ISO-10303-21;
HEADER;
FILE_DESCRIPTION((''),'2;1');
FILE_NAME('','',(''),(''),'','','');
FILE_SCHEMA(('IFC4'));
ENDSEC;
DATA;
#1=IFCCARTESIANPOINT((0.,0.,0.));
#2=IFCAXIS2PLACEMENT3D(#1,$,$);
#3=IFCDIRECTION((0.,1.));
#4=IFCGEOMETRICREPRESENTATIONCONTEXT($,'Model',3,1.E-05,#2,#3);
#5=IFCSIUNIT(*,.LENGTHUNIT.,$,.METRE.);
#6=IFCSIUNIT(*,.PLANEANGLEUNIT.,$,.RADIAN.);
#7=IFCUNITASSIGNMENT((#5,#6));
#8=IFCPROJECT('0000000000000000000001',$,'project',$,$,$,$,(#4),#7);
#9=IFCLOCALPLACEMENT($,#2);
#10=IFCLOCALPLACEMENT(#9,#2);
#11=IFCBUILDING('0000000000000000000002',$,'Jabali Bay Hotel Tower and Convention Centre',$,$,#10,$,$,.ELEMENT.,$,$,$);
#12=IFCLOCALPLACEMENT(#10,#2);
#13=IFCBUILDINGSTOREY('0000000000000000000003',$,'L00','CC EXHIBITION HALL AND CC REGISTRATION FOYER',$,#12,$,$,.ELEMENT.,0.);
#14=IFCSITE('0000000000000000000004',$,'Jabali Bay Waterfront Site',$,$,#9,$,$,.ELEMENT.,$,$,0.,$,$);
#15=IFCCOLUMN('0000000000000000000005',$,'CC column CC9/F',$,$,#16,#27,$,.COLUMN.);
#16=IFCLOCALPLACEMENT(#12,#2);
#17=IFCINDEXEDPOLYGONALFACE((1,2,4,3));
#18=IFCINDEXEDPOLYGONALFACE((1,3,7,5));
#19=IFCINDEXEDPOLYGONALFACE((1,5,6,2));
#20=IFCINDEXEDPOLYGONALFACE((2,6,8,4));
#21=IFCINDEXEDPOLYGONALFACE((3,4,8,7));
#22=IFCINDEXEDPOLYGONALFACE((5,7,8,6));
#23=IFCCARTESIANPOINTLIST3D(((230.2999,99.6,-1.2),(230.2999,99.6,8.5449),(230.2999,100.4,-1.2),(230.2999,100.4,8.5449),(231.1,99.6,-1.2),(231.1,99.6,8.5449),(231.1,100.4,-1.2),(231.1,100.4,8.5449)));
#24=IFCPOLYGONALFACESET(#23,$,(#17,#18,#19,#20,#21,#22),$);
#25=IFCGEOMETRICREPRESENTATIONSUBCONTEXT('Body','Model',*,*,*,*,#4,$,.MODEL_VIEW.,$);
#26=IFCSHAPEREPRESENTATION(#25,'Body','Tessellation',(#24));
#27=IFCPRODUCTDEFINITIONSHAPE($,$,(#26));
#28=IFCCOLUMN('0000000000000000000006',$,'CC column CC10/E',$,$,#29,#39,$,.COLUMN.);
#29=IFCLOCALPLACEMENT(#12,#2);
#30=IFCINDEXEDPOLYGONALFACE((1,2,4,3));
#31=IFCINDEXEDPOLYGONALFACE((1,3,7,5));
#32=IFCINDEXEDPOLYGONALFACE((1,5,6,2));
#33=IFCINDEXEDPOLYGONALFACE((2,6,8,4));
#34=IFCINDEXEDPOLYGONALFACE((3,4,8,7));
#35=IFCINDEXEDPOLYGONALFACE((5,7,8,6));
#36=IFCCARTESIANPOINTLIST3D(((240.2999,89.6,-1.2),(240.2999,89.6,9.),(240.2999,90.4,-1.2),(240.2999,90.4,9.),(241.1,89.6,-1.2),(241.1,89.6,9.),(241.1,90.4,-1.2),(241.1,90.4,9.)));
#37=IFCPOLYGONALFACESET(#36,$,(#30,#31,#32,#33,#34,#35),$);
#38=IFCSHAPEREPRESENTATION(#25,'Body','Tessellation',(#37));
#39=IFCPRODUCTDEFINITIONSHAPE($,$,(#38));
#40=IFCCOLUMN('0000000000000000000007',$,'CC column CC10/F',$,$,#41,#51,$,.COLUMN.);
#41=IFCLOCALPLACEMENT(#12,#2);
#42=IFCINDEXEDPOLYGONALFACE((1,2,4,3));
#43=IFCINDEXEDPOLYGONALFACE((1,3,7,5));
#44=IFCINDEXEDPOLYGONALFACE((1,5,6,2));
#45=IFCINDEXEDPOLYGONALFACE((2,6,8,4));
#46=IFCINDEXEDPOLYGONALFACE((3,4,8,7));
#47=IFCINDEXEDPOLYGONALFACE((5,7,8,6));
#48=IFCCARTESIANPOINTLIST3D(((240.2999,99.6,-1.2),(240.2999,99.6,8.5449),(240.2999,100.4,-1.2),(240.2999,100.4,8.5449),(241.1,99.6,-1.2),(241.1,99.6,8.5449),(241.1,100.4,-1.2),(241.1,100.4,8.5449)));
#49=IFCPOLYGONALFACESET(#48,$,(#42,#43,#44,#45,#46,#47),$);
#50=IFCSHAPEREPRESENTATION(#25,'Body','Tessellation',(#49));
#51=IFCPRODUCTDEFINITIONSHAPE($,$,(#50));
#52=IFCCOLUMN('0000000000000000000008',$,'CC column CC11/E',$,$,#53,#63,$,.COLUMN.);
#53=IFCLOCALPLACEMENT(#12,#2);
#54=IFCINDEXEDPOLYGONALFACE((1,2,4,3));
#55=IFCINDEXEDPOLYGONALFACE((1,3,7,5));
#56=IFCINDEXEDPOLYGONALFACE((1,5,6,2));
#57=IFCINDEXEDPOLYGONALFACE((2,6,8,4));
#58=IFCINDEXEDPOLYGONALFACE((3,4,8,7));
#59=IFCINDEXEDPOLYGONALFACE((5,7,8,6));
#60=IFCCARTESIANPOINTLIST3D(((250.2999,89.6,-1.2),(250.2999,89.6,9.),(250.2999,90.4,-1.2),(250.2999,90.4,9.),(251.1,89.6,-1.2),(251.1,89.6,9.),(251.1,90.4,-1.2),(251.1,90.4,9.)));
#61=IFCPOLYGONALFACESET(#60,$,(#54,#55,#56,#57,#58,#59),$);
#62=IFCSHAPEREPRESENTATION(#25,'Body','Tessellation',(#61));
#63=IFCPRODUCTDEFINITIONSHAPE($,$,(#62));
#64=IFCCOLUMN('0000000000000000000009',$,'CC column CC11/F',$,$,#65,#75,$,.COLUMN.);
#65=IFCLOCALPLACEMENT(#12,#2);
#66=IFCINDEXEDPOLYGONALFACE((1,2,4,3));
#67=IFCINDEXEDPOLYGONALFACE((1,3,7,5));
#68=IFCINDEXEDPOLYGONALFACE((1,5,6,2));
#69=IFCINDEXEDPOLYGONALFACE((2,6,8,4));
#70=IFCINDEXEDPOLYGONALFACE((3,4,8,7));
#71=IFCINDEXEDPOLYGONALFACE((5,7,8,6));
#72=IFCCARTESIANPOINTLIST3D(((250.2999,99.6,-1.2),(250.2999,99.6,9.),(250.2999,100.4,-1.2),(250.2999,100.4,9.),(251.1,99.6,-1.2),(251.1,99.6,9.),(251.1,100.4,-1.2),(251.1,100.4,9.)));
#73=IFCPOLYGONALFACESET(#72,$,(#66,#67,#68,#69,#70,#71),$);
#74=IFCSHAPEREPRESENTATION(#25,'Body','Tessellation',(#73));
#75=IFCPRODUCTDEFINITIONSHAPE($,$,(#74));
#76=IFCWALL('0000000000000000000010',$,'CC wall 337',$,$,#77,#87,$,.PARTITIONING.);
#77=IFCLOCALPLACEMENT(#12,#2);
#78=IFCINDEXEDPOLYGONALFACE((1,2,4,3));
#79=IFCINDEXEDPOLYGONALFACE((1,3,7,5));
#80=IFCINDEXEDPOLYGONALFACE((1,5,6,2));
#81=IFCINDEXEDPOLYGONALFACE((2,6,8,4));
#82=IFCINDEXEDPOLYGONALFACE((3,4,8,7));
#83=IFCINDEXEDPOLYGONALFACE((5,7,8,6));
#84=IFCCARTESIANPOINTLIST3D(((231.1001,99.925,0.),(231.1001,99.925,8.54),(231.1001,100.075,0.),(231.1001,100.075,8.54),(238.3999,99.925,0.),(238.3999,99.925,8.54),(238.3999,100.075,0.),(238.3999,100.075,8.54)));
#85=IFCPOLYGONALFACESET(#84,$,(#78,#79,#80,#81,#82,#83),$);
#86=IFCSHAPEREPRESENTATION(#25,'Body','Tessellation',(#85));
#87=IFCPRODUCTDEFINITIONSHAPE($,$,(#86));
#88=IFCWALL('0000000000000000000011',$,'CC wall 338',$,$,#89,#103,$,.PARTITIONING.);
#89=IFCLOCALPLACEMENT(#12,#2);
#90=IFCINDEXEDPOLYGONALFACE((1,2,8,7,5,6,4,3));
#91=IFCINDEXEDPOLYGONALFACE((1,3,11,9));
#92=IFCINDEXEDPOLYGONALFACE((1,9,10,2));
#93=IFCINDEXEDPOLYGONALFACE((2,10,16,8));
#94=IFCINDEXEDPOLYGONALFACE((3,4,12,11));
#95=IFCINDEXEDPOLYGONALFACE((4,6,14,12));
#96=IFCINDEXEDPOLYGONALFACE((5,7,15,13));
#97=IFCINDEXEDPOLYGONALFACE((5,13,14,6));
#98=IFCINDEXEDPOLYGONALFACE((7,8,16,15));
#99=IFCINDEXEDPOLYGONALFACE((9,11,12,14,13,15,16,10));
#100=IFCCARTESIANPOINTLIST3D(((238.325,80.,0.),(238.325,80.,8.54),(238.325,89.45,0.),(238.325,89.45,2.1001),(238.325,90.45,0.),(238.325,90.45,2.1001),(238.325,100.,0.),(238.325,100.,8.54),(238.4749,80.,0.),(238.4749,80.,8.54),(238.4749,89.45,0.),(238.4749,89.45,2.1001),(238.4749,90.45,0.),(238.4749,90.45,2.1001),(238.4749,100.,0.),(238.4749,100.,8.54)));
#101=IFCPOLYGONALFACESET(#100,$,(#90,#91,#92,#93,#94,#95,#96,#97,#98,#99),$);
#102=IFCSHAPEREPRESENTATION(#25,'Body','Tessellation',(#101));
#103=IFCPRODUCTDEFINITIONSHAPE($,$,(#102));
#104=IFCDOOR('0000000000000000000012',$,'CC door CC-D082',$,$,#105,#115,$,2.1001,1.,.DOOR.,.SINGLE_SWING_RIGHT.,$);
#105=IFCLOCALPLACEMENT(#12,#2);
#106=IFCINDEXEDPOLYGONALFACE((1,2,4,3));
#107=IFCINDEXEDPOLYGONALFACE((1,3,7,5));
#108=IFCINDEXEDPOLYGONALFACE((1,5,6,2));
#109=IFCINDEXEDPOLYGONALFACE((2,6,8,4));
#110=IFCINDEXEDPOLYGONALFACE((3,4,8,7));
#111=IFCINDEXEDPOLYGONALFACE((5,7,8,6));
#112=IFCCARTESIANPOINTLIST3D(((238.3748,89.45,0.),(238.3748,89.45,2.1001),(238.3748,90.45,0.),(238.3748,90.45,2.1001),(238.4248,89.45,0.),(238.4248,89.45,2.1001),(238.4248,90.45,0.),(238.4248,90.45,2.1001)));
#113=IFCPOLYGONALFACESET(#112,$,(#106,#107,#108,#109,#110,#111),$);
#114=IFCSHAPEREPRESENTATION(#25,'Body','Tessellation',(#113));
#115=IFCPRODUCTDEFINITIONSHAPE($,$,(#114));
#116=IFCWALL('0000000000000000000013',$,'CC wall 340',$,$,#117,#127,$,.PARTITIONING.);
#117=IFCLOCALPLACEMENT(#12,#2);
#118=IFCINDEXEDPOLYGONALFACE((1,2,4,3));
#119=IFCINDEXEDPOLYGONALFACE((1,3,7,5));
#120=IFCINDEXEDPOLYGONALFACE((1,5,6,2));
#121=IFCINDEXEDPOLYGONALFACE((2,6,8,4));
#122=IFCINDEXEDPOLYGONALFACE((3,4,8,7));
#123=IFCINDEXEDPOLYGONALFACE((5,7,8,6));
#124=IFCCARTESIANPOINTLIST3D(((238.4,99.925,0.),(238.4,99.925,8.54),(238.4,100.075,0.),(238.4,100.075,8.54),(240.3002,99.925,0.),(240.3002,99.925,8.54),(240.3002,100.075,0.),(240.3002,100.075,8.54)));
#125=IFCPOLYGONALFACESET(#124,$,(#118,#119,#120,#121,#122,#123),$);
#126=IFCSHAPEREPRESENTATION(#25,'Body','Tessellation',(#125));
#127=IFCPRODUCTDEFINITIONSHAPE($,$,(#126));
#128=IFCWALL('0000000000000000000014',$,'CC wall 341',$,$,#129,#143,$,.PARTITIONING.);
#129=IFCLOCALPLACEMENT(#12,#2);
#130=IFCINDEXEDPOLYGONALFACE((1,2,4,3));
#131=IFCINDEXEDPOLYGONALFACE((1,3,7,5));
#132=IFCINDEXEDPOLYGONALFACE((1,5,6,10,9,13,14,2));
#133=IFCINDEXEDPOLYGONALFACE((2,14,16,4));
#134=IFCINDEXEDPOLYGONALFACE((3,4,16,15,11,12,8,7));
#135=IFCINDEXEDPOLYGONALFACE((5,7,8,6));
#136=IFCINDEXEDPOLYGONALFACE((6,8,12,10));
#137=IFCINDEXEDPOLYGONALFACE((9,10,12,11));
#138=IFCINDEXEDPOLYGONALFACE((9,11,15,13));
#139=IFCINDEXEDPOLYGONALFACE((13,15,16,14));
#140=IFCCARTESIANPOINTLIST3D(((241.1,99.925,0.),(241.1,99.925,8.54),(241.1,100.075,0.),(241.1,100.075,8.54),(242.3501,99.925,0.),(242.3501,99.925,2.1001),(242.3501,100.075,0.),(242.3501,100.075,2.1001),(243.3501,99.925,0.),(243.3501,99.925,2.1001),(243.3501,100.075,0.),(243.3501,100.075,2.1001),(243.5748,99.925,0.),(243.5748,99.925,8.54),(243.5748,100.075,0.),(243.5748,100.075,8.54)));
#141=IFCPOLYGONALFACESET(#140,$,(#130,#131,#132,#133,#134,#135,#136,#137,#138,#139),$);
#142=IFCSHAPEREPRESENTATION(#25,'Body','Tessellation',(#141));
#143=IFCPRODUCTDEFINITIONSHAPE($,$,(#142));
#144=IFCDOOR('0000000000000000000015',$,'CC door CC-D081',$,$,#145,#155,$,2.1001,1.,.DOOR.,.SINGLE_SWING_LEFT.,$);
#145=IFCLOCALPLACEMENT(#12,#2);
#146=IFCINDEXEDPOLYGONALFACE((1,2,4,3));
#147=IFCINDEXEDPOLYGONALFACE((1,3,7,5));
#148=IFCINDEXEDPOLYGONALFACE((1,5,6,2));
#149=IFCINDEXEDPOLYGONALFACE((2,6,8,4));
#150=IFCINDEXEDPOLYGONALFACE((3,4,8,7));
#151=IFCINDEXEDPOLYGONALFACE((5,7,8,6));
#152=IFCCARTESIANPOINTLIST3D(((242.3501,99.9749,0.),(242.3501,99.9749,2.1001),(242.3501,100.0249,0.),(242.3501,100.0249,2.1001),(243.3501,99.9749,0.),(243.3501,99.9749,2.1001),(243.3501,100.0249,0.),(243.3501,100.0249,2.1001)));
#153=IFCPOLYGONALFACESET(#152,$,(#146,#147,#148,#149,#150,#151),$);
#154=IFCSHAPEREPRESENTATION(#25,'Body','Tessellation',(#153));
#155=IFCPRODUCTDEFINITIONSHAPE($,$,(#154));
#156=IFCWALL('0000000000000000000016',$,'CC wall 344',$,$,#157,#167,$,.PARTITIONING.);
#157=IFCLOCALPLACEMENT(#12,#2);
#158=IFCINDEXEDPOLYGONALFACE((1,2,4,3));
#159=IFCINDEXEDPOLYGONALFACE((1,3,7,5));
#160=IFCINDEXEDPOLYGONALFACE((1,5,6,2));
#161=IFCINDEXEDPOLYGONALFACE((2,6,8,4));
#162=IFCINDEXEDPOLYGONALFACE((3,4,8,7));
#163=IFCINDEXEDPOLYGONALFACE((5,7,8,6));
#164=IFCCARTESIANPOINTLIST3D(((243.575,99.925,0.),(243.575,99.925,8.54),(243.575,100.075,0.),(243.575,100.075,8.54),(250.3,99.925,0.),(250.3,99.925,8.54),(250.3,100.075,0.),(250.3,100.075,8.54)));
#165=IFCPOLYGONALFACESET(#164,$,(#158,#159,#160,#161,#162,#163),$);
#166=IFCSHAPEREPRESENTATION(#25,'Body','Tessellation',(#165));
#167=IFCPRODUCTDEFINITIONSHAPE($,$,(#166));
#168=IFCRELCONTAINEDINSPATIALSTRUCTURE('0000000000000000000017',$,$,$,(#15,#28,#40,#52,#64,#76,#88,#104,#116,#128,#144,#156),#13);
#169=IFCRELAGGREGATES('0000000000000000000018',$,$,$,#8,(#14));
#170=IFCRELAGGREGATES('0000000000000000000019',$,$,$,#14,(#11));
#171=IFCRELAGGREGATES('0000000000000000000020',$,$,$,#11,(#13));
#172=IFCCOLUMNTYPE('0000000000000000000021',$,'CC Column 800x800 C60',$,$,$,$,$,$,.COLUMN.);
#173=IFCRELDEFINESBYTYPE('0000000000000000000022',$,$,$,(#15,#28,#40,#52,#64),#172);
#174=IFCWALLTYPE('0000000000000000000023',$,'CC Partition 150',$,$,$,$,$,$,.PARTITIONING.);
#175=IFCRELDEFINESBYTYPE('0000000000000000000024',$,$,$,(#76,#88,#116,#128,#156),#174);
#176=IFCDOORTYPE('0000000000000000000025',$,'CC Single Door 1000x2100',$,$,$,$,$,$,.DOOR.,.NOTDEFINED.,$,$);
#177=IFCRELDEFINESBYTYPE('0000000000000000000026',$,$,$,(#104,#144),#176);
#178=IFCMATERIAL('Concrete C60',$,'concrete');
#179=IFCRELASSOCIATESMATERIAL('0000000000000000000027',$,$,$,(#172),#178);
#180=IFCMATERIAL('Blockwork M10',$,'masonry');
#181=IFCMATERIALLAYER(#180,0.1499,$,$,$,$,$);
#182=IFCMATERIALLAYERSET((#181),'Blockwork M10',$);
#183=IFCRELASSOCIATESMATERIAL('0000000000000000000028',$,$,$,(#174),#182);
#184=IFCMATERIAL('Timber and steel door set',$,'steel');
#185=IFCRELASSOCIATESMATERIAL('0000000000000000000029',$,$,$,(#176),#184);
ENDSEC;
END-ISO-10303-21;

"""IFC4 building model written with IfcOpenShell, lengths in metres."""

from ifc_helpers import new_model, si_unit, direction, frame, frame_2d, origin, origin_2d, place, context, subcontext, project, spatial, rectangle, extrude, material, layer, layer_set, material_profile, profile_set, type_object, element, fill, save


model = new_model("IFC4")

# Units and contexts
model_context = context("Model", 3, precision=1e-05, world=origin(), true_north=direction((0.0, 1.0)))
body_context = subcontext(model_context, "Body", "Model", "MODEL_VIEW")
ifc_project = project(units=[si_unit("LENGTHUNIT", "METRE"), si_unit("PLANEANGLEUNIT", "RADIAN")], contexts=[model_context])

# Site, building, storey
site_placement = place(None, origin())
site = spatial("IfcSite", under=ifc_project, at=site_placement, Name="Jabali Bay Waterfront Site", CompositionType="ELEMENT", RefElevation=0.0)
building_placement = place(site_placement, origin())
building = spatial("IfcBuilding", under=site, at=building_placement, Name="Jabali Bay Hotel Tower and Convention Centre", CompositionType="ELEMENT")
storey_placement = place(building_placement, origin())
storey = spatial("IfcBuildingStorey", under=building, at=storey_placement, Name="L00", Description="CC EXHIBITION HALL AND CC REGISTRATION FOYER", CompositionType="ELEMENT", Elevation=0.0)

# Columns
ifc_material_1 = material(Name="Concrete C60", Category="concrete")
ifc_material_profile_1 = material_profile(ifc_material_1, rectangle(XDim=0.8, YDim=0.8, at=origin_2d()), Name="RC 800x800")
ifc_profile_set_1 = profile_set([ifc_material_profile_1], Name="Concrete C60")
column_type = type_object("IfcColumnType", Name="CC Column 800x800 C60", PredefinedType="COLUMN", material=ifc_profile_set_1)
column_1_placement = place(storey_placement, frame((230.7, 100.0, -1.2), z_axis=(0.0, 0.0, 1.0), x_axis=(1.0, 0.0, 0.0)))
element("IfcColumn", 1, at=column_1_placement, inside=storey, type_object=column_type, Name="CC column CC9/F", PredefinedType="COLUMN", context=body_context, shape_type="SweptSolid", body=[
    extrude(rectangle(XDim=0.8, YDim=0.8, at=origin_2d()), origin(), (0.0, 0.0, 1.0), 9.7449),
])
column_2_placement = place(storey_placement, frame((240.7, 90.0, -1.2), z_axis=(0.0, 0.0, 1.0), x_axis=(1.0, 0.0, 0.0)))
element("IfcColumn", 2, at=column_2_placement, inside=storey, type_object=column_type, Name="CC column CC10/E", PredefinedType="COLUMN", context=body_context, shape_type="SweptSolid", body=[
    extrude(rectangle(XDim=0.8, YDim=0.8, at=origin_2d()), origin(), (0.0, 0.0, 1.0), 10.2),
])
column_3_placement = place(storey_placement, frame((240.7, 100.0, -1.2), z_axis=(0.0, 0.0, 1.0), x_axis=(1.0, 0.0, 0.0)))
element("IfcColumn", 3, at=column_3_placement, inside=storey, type_object=column_type, Name="CC column CC10/F", PredefinedType="COLUMN", context=body_context, shape_type="SweptSolid", body=[
    extrude(rectangle(XDim=0.8, YDim=0.8, at=origin_2d()), origin(), (0.0, 0.0, 1.0), 9.7449),
])
for number, where, z_axis, x_axis, name in (
    (4, (250.7, 90.0, -1.2), (0.0, 0.0, 1.0), (1.0, 0.0, 0.0), "CC column CC11/E"),
    (5, (250.7, 100.0, -1.2), (0.0, 0.0, 1.0), (1.0, 0.0, 0.0), "CC column CC11/F"),
):
    element("IfcColumn", number, at=place(storey_placement, frame(where, z_axis=z_axis, x_axis=x_axis)), inside=storey, type_object=column_type, Name=name, PredefinedType="COLUMN", context=body_context, shape_type="SweptSolid", body=[
        extrude(rectangle(XDim=0.8, YDim=0.8, at=origin_2d()), origin(), (0.0, 0.0, 1.0), 10.2),
    ])

# Wall
ifc_material_2 = material(Name="Blockwork M10", Category="masonry")
ifc_layer = layer(ifc_material_2, 0.1499)
ifc_layer_set = layer_set([ifc_layer], Name="Blockwork M10")
wall_type = type_object("IfcWallType", Name="CC Partition 150", PredefinedType="PARTITIONING", material=ifc_layer_set)
wall_1_placement = place(storey_placement, frame((231.1001, 100.0, 0.0), z_axis=(0.0, 0.0, 1.0), x_axis=(1.0, 0.0, 0.0)))
element("IfcWall", 6, at=wall_1_placement, inside=storey, type_object=wall_type, Name="CC wall 337", PredefinedType="PARTITIONING", context=body_context, shape_type="SweptSolid", body=[
    extrude(rectangle(XDim=7.2998, YDim=0.1499, at=frame_2d((3.6499, 0.0))), origin(), (0.0, 0.0, 1.0), 8.54),
])

# Wall, opening, door
wall_2_placement = place(storey_placement, frame((238.3999, 100.0, 0.0), z_axis=(0.0, 0.0, 1.0), x_axis=(0.0, -1.0, 0.0)))
wall_2 = element("IfcWall", 7, at=wall_2_placement, inside=storey, type_object=wall_type, Name="CC wall 338", PredefinedType="PARTITIONING", context=body_context, shape_type="SweptSolid", body=[
    extrude(rectangle(XDim=20.0, YDim=0.1499, at=frame_2d((10.0, 0.0))), origin(), (0.0, 0.0, 1.0), 8.54),
])
opening_1_placement = place(wall_2_placement, frame((9.55, 0.0, 0.0)))
opening_1 = element("IfcOpeningElement", 8, at=opening_1_placement, cuts=wall_2, PredefinedType="OPENING", context=body_context, shape_type="SweptSolid", body=[
    extrude(rectangle(XDim=1.0, YDim=2.1001, at=frame_2d((0.5, 1.05))), frame((0.0, 0.0854, 0.0), z_axis=(0.0, -1.0, 0.0), x_axis=(1.0, 0.0, 0.0)), (0.0, 0.0, 1.0), 0.1709),
])
ifc_material_3 = material(Name="Timber and steel door set", Category="steel")
door_type = type_object("IfcDoorType", Name="CC Single Door 1000x2100", OperationType="NOTDEFINED", PredefinedType="DOOR", material=ifc_material_3)
door_1_placement = place(opening_1_placement, origin())
door_1 = element("IfcDoor", 9, at=door_1_placement, inside=storey, type_object=door_type, Name="CC door CC-D082", OperationType="SINGLE_SWING_RIGHT", OverallHeight=2.1001, OverallWidth=1.0, PredefinedType="DOOR", context=body_context, shape_type="SweptSolid", body=[
    extrude(rectangle(XDim=1.0, YDim=2.1001, at=frame_2d((0.5, 1.05))), frame((0.0, 0.0249, 0.0), z_axis=(0.0, -1.0, 0.0), x_axis=(1.0, 0.0, 0.0)), (0.0, 0.0, 1.0), 0.05),
])
fill(opening_1, door_1)

# Wall
wall_3_placement = place(storey_placement, frame((238.3999, 100.0, 0.0), z_axis=(0.0, 0.0, 1.0), x_axis=(1.0, 0.0, 0.0)))
element("IfcWall", 10, at=wall_3_placement, inside=storey, type_object=wall_type, Name="CC wall 340", PredefinedType="PARTITIONING", context=body_context, shape_type="SweptSolid", body=[
    extrude(rectangle(XDim=1.9001, YDim=0.1499, at=frame_2d((0.9502, 0.0))), origin(), (0.0, 0.0, 1.0), 8.54),
])

# Wall, opening, door
wall_4_placement = place(storey_placement, frame((241.1001, 100.0, 0.0), z_axis=(0.0, 0.0, 1.0), x_axis=(1.0, 0.0, 0.0)))
wall_4 = element("IfcWall", 11, at=wall_4_placement, inside=storey, type_object=wall_type, Name="CC wall 341", PredefinedType="PARTITIONING", context=body_context, shape_type="SweptSolid", body=[
    extrude(rectangle(XDim=2.4749, YDim=0.1499, at=frame_2d((1.2373, 0.0))), origin(), (0.0, 0.0, 1.0), 8.54),
])
opening_2_placement = place(wall_4_placement, frame((1.25, 0.0, 0.0)))
opening_2 = element("IfcOpeningElement", 12, at=opening_2_placement, cuts=wall_4, PredefinedType="OPENING", context=body_context, shape_type="SweptSolid", body=[
    extrude(rectangle(XDim=1.0, YDim=2.1001, at=frame_2d((0.5, 1.05))), frame((0.0, 0.0854, 0.0), z_axis=(0.0, -1.0, 0.0), x_axis=(1.0, 0.0, 0.0)), (0.0, 0.0, 1.0), 0.1709),
])
door_2_placement = place(opening_2_placement, origin())
door_2 = element("IfcDoor", 13, at=door_2_placement, inside=storey, type_object=door_type, Name="CC door CC-D081", OperationType="SINGLE_SWING_LEFT", OverallHeight=2.1001, OverallWidth=1.0, PredefinedType="DOOR", context=body_context, shape_type="SweptSolid", body=[
    extrude(rectangle(XDim=1.0, YDim=2.1001, at=frame_2d((0.5, 1.05))), frame((0.0, 0.0249, 0.0), z_axis=(0.0, -1.0, 0.0), x_axis=(1.0, 0.0, 0.0)), (0.0, 0.0, 1.0), 0.05),
])
fill(opening_2, door_2)

# Wall
wall_5_placement = place(storey_placement, frame((243.575, 100.0, 0.0), z_axis=(0.0, 0.0, 1.0), x_axis=(1.0, 0.0, 0.0)))
element("IfcWall", 14, at=wall_5_placement, inside=storey, type_object=wall_type, Name="CC wall 344", PredefinedType="PARTITIONING", context=body_context, shape_type="SweptSolid", body=[
    extrude(rectangle(XDim=6.7251, YDim=0.1499, at=frame_2d((3.3625, 0.0))), origin(), (0.0, 0.0, 1.0), 8.54),
])

save(model, "model.ifc")
